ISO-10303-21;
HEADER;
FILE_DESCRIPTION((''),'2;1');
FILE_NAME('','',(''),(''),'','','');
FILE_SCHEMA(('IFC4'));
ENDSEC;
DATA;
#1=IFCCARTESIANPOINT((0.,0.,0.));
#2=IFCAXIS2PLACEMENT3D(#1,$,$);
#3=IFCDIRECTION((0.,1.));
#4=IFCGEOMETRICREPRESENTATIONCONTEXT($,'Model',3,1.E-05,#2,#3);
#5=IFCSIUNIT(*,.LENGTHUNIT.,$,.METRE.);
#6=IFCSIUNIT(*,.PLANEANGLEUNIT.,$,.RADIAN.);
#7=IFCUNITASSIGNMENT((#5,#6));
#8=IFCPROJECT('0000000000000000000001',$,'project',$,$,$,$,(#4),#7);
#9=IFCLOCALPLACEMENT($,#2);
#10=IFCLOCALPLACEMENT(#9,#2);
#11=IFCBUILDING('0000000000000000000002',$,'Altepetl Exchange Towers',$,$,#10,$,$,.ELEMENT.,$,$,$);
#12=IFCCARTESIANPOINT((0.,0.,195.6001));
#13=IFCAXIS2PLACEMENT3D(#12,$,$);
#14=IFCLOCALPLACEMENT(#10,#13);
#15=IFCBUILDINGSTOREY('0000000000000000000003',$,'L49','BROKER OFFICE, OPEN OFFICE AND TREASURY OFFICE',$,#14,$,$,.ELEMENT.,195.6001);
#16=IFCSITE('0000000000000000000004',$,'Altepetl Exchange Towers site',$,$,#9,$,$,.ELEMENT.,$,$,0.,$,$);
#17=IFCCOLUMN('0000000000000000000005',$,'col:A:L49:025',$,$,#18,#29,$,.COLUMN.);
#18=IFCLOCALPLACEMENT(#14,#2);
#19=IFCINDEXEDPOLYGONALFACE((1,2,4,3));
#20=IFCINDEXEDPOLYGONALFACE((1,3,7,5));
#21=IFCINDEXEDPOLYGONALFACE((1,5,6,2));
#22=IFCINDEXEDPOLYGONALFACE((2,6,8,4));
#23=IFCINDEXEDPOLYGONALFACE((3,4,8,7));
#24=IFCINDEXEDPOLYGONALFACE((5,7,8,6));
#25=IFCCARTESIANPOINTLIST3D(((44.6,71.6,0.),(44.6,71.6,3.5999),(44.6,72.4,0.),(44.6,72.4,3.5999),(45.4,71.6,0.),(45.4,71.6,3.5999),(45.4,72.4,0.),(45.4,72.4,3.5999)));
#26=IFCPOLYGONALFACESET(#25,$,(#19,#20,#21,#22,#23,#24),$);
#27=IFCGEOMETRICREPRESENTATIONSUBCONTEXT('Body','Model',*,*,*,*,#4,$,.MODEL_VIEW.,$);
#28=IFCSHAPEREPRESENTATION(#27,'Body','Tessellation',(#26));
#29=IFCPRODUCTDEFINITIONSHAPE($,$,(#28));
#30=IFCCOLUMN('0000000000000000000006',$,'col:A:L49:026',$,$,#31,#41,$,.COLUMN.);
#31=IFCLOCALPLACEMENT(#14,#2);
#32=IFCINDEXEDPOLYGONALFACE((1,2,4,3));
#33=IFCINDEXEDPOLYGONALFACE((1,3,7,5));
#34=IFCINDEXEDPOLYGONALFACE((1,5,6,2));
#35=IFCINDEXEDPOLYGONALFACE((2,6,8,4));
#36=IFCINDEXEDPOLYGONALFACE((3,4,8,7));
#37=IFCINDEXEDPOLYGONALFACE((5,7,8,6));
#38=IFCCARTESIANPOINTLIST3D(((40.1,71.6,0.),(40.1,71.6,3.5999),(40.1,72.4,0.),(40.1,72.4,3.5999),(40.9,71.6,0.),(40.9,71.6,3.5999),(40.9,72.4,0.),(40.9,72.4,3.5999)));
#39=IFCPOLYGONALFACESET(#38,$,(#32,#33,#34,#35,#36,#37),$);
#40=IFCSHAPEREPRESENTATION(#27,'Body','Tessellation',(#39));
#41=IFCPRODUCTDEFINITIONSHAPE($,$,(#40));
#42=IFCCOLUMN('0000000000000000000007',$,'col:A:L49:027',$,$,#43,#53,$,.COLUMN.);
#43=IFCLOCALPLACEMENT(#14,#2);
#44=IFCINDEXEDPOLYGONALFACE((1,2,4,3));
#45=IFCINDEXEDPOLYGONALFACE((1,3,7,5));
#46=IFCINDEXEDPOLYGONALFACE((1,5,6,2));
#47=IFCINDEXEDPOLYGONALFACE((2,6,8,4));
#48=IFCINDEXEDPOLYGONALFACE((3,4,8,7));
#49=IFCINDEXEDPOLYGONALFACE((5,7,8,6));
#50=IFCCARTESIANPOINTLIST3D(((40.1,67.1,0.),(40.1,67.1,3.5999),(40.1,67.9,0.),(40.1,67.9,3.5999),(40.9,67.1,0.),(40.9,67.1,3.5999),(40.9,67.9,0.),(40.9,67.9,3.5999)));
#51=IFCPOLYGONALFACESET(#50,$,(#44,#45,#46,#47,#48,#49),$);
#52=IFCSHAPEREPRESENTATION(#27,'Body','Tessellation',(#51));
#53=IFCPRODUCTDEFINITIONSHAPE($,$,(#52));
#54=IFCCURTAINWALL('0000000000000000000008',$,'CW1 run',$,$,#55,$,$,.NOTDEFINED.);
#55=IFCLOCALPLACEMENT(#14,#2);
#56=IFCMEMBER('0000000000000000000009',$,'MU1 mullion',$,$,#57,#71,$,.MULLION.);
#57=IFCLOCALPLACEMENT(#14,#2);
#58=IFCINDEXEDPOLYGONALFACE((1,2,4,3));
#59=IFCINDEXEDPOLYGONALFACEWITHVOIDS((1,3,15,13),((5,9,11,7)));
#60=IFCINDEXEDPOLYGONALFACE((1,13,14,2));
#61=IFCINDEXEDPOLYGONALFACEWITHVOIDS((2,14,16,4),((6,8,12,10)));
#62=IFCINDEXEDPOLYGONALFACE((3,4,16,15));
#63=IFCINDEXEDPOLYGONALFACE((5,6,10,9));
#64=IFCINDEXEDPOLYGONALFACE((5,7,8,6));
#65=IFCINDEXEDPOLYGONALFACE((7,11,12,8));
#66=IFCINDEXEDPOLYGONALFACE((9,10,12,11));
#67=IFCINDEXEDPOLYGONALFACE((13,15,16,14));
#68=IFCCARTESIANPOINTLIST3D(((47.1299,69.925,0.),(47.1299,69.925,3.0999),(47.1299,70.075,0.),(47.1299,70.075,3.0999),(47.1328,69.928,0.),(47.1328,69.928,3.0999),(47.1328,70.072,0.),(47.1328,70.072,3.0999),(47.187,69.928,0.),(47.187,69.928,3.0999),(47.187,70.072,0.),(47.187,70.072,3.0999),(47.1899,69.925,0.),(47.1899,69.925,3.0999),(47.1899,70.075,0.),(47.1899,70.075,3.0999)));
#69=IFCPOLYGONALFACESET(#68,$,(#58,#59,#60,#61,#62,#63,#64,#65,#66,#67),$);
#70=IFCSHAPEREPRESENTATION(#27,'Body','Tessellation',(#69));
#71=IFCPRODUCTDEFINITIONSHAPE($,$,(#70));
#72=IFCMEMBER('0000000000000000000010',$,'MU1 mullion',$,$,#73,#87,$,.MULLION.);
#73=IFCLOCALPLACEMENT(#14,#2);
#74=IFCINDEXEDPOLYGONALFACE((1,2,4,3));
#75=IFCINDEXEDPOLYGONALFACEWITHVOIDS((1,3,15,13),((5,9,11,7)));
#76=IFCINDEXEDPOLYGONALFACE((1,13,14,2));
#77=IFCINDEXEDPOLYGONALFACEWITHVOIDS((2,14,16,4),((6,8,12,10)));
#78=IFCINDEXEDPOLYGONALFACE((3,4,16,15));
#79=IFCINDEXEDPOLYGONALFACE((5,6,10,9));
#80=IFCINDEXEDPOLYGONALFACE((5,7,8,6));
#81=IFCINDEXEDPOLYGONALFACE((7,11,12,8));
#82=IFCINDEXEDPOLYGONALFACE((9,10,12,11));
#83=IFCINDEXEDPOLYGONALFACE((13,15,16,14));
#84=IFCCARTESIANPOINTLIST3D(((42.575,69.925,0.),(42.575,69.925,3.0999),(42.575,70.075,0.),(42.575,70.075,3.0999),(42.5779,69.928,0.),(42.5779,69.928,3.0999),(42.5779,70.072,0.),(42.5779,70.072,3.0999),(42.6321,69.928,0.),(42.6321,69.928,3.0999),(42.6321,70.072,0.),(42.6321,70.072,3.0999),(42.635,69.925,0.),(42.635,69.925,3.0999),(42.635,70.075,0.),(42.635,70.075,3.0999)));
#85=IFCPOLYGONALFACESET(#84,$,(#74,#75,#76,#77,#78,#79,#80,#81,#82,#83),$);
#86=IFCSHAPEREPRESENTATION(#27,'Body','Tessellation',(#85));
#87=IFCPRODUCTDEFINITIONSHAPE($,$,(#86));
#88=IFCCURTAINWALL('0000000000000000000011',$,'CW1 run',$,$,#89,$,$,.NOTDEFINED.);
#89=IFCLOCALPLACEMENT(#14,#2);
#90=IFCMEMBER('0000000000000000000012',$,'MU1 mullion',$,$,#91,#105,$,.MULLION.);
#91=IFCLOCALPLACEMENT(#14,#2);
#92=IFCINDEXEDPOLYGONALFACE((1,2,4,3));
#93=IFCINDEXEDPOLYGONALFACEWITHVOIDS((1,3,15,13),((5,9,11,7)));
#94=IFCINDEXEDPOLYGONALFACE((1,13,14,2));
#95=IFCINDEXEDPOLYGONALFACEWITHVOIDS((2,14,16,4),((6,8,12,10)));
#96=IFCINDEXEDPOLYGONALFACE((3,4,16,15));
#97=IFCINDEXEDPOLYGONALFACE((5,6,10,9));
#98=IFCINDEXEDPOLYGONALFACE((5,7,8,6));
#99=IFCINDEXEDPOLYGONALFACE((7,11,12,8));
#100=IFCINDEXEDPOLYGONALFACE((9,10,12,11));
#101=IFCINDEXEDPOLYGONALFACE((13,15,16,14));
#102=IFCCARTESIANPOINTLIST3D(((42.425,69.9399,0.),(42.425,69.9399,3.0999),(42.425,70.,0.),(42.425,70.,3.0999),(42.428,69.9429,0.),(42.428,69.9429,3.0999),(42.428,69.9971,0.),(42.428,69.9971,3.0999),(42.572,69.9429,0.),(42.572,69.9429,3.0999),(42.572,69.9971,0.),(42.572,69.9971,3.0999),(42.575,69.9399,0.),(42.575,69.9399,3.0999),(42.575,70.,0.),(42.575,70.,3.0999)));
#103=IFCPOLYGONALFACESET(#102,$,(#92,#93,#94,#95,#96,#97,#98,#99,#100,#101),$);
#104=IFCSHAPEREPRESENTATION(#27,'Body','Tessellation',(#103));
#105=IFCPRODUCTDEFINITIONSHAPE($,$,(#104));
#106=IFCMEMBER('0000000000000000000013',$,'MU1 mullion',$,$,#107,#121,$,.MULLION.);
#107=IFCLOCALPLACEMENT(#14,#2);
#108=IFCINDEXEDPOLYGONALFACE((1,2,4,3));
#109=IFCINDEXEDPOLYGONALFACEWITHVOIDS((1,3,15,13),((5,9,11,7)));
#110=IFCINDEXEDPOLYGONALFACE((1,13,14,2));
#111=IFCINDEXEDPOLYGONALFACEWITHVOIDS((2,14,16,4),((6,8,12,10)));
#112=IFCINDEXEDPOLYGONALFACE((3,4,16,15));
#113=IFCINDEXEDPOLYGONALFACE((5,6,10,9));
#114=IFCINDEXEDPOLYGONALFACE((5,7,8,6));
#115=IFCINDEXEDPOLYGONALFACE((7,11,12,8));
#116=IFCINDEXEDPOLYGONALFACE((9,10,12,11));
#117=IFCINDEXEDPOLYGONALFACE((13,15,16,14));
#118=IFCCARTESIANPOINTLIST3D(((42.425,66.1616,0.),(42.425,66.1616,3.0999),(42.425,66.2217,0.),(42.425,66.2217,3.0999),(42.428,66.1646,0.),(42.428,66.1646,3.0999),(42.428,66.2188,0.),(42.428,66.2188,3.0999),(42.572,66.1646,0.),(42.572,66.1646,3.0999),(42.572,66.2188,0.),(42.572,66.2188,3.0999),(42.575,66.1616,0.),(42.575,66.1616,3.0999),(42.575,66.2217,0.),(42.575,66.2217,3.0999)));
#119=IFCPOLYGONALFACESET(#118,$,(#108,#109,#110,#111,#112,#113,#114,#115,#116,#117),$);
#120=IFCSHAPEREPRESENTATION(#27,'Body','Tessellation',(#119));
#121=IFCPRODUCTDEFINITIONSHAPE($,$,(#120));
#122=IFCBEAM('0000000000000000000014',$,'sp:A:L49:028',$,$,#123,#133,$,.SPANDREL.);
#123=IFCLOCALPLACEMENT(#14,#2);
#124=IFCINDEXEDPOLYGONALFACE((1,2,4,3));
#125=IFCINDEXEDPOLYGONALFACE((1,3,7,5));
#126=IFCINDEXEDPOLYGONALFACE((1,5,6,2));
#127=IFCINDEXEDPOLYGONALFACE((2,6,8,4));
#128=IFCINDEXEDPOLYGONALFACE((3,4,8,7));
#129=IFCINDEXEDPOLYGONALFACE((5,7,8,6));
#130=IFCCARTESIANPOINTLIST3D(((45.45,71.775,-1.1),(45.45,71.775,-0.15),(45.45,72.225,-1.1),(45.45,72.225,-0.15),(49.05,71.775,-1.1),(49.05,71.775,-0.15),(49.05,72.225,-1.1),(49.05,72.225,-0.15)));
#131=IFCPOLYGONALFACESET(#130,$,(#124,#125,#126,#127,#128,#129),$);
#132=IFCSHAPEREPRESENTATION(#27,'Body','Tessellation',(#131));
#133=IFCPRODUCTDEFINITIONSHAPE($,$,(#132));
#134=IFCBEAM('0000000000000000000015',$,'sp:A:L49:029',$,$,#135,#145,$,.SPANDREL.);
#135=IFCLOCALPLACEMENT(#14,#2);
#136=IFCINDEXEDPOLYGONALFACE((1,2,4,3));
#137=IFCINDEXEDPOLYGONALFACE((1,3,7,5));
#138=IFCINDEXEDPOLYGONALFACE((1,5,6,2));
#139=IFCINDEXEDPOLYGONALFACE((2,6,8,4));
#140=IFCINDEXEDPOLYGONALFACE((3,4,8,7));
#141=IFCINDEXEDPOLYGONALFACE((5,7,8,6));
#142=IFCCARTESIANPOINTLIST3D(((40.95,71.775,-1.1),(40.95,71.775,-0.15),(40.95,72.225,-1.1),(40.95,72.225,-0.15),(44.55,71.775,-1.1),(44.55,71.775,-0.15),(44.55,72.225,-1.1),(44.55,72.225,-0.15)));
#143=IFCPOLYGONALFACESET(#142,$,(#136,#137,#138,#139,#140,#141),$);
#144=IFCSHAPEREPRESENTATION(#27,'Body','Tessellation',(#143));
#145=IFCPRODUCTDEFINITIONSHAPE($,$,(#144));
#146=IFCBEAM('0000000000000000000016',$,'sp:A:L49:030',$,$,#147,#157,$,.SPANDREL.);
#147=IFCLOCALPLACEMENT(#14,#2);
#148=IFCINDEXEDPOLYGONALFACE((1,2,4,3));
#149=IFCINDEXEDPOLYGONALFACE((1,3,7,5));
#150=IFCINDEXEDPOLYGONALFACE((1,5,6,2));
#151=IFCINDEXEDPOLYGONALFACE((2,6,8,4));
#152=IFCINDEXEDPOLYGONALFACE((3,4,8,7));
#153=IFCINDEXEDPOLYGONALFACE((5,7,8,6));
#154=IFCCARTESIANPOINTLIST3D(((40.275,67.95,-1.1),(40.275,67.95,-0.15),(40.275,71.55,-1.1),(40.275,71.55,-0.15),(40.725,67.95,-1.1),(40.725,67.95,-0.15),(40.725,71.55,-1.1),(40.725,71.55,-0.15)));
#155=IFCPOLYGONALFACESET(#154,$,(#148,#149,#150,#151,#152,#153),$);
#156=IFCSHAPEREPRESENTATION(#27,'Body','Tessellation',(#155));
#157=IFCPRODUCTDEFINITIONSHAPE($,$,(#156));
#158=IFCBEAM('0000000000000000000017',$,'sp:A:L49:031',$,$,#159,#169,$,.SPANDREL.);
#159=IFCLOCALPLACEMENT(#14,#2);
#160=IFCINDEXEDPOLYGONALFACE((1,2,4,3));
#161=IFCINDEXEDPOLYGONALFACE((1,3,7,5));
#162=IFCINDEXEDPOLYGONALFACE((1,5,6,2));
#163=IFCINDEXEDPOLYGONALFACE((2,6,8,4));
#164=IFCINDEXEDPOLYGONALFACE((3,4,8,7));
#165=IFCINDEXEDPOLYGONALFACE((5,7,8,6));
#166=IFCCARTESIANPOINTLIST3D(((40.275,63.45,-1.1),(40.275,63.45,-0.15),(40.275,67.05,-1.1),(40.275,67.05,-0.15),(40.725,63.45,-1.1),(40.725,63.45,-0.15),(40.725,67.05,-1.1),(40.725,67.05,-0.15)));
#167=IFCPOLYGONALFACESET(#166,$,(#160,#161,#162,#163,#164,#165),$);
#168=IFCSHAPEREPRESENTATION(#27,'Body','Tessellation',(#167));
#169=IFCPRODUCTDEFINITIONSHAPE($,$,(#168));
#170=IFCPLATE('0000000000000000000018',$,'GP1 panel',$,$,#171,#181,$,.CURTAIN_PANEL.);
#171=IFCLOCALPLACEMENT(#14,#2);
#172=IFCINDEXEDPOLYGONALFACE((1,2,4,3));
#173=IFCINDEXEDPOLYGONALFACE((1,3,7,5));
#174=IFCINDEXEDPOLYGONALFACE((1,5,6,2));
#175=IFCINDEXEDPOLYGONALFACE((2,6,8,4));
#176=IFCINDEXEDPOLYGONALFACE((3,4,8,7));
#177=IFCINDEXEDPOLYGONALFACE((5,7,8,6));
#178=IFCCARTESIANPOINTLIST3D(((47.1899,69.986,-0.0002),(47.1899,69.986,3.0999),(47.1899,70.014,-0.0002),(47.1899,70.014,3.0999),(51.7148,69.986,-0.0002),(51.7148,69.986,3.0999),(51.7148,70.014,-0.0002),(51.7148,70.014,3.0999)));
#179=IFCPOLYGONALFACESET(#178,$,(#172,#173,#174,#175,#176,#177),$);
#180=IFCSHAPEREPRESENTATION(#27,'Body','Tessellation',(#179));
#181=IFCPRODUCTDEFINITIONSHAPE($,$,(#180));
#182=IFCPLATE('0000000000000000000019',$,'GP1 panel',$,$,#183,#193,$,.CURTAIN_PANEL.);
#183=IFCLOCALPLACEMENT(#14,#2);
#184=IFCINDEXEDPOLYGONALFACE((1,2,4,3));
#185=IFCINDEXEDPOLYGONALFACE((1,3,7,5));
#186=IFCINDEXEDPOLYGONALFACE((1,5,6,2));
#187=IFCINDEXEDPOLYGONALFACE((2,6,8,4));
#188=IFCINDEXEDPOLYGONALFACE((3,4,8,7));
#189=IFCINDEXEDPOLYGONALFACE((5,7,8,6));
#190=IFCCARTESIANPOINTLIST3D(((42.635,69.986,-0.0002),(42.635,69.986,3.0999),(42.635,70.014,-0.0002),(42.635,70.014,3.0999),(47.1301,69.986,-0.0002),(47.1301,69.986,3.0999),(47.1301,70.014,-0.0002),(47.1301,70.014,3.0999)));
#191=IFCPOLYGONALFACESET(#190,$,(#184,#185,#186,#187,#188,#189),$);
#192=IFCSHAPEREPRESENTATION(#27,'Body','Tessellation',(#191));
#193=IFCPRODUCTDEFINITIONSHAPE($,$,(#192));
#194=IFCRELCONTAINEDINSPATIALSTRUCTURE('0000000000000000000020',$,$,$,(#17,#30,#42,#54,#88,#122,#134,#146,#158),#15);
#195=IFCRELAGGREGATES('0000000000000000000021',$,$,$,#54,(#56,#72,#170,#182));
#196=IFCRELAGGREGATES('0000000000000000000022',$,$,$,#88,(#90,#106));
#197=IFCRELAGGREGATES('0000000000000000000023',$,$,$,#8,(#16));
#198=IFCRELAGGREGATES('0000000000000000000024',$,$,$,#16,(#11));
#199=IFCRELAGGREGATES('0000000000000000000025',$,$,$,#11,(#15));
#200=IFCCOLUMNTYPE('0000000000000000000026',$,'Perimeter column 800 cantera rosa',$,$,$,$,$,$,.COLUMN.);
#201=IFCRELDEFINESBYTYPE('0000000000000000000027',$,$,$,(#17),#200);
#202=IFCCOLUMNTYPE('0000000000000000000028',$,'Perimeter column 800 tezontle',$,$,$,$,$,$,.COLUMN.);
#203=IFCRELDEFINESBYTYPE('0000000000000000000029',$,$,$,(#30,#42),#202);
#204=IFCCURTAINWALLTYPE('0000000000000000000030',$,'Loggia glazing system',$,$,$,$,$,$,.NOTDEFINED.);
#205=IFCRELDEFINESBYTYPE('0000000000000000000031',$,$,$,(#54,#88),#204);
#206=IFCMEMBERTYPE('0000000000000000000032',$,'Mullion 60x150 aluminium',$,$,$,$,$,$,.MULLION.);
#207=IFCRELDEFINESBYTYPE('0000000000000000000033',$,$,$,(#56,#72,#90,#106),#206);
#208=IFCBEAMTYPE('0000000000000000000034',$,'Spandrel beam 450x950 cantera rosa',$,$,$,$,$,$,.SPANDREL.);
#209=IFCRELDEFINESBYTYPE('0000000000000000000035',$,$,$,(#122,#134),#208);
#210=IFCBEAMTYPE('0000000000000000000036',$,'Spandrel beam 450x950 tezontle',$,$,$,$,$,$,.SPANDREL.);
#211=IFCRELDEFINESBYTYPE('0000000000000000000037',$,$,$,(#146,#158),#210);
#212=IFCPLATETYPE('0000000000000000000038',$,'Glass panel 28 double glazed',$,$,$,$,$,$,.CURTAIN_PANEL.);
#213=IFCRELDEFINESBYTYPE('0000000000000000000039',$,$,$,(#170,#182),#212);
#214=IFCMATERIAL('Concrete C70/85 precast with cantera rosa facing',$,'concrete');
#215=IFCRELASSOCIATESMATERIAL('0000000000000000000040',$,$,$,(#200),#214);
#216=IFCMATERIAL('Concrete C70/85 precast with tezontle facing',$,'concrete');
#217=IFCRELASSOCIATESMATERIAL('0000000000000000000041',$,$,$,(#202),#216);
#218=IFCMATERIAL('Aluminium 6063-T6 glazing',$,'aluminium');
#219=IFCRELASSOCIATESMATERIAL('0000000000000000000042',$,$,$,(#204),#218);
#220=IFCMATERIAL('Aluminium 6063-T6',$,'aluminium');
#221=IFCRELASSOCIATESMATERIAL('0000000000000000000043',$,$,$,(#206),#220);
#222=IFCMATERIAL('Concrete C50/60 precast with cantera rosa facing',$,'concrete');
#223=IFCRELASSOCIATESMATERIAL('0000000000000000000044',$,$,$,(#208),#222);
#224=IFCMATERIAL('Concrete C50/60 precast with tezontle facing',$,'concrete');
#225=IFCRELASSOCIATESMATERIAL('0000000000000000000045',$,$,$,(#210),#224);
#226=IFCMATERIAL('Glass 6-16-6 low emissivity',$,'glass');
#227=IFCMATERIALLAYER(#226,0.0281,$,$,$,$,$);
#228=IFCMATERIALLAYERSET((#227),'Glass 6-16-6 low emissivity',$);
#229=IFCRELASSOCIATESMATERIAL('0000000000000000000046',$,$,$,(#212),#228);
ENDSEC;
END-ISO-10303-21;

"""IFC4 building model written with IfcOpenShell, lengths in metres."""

from ifc_helpers import new_model, si_unit, direction, frame, origin, origin_2d, place, context, subcontext, project, spatial, rectangle, hollow_rectangle, extrude, material, layer, layer_set, material_profile, profile_set, type_object, element, aggregate, save


model = new_model("IFC4")

# Units and contexts
model_context = context("Model", 3, precision=1e-05, world=origin(), true_north=direction((0.0, 1.0)))
body_context = subcontext(model_context, "Body", "Model", "MODEL_VIEW")
ifc_project = project(units=[si_unit("LENGTHUNIT", "METRE"), si_unit("PLANEANGLEUNIT", "RADIAN")], contexts=[model_context])

# Site, building, storey
site_placement = place(None, origin())
site = spatial("IfcSite", under=ifc_project, at=site_placement, Name="Altepetl Exchange Towers site", CompositionType="ELEMENT", RefElevation=0.0)
building_placement = place(site_placement, origin())
building = spatial("IfcBuilding", under=site, at=building_placement, Name="Altepetl Exchange Towers", CompositionType="ELEMENT")
storey_placement = place(building_placement, frame((0.0, 0.0, 195.6001)))
storey = spatial("IfcBuildingStorey", under=building, at=storey_placement, Name="L49", Description="BROKER OFFICE, OPEN OFFICE AND TREASURY OFFICE", CompositionType="ELEMENT", Elevation=195.6001)

# Columns
ifc_material_1 = material(Name="Concrete C70/85 precast with cantera rosa facing", Category="concrete")
ifc_material_profile_1 = material_profile(ifc_material_1, rectangle(XDim=0.8, YDim=0.8, at=origin_2d()), Name="800 x 800")
ifc_profile_set_1 = profile_set([ifc_material_profile_1], Name="Concrete C70/85 precast with cantera rosa facing")
column_type_1 = type_object("IfcColumnType", Name="Perimeter column 800 cantera rosa", PredefinedType="COLUMN", material=ifc_profile_set_1)
column_placement = place(storey_placement, frame((45.0, 72.0, 0.0)))
element("IfcColumn", 1, at=column_placement, inside=storey, type_object=column_type_1, Name="col:A:L49:025", PredefinedType="COLUMN", context=body_context, shape_type="SweptSolid", body=[
    extrude(rectangle(XDim=0.8, YDim=0.8, at=origin_2d()), origin(), (0.0, 0.0, 1.0), 3.5999),
])
ifc_material_2 = material(Name="Concrete C70/85 precast with tezontle facing", Category="concrete")
ifc_material_profile_2 = material_profile(ifc_material_2, rectangle(XDim=0.8, YDim=0.8, at=origin_2d()), Name="800 x 800")
ifc_profile_set_2 = profile_set([ifc_material_profile_2], Name="Concrete C70/85 precast with tezontle facing")
column_type_2 = type_object("IfcColumnType", Name="Perimeter column 800 tezontle", PredefinedType="COLUMN", material=ifc_profile_set_2)
for number, where, name in (
    (2, (40.5, 72.0, 0.0), "col:A:L49:026"),
    (3, (40.5, 67.5, 0.0), "col:A:L49:027"),
):
    element("IfcColumn", number, at=place(storey_placement, frame(where)), inside=storey, type_object=column_type_2, Name=name, PredefinedType="COLUMN", context=body_context, shape_type="SweptSolid", body=[
        extrude(rectangle(XDim=0.8, YDim=0.8, at=origin_2d()), origin(), (0.0, 0.0, 1.0), 3.5999),
    ])

# Curtain walls, members
ifc_material_3 = material(Name="Aluminium 6063-T6 glazing", Category="aluminium")
curtain_wall_type = type_object("IfcCurtainWallType", Name="Loggia glazing system", PredefinedType="NOTDEFINED", material=ifc_material_3)
curtain_wall_1_placement = place(storey_placement, origin())
curtain_wall_1 = element("IfcCurtainWall", 4, at=curtain_wall_1_placement, inside=storey, type_object=curtain_wall_type, Name="CW1 run", PredefinedType="NOTDEFINED")
ifc_material_4 = material(Name="Aluminium 6063-T6", Category="aluminium")
ifc_material_profile_3 = material_profile(ifc_material_4, hollow_rectangle(XDim=0.0601, YDim=0.1499, WallThickness=0.0029, at=origin_2d()), Name="Mullion 60x150 aluminium")
ifc_profile_set_3 = profile_set([ifc_material_profile_3], Name="Aluminium 6063-T6")
member_type = type_object("IfcMemberType", Name="Mullion 60x150 aluminium", PredefinedType="MULLION", material=ifc_profile_set_3)
member_1_placement = place(storey_placement, frame((47.1599, 70.0, 0.0), z_axis=(0.0, 0.0, 1.0), x_axis=(-1.0, 0.0, 0.0)))
member_1 = element("IfcMember", 5, at=member_1_placement, type_object=member_type, Name="MU1 mullion", PredefinedType="MULLION", context=body_context, shape_type="SweptSolid", body=[
    extrude(hollow_rectangle(XDim=0.0601, YDim=0.1499, WallThickness=0.0029, at=origin_2d()), origin(), (0.0, 0.0, 1.0), 3.0999),
])
member_2_placement = place(storey_placement, frame((42.605, 70.0, 0.0), z_axis=(0.0, 0.0, 1.0), x_axis=(-1.0, 0.0, 0.0)))
member_2 = element("IfcMember", 6, at=member_2_placement, type_object=member_type, Name="MU1 mullion", PredefinedType="MULLION", context=body_context, shape_type="SweptSolid", body=[
    extrude(hollow_rectangle(XDim=0.0601, YDim=0.1499, WallThickness=0.0029, at=origin_2d()), origin(), (0.0, 0.0, 1.0), 3.0999),
])
curtain_wall_2_placement = place(storey_placement, origin())
curtain_wall_2 = element("IfcCurtainWall", 7, at=curtain_wall_2_placement, inside=storey, type_object=curtain_wall_type, Name="CW1 run", PredefinedType="NOTDEFINED")
member_3_placement = place(storey_placement, frame((42.5, 69.97, 0.0), z_axis=(0.0, 0.0, 1.0), x_axis=(0.0, -1.0, 0.0)))
member_3 = element("IfcMember", 8, at=member_3_placement, type_object=member_type, Name="MU1 mullion", PredefinedType="MULLION", context=body_context, shape_type="SweptSolid", body=[
    extrude(hollow_rectangle(XDim=0.0601, YDim=0.1499, WallThickness=0.0029, at=origin_2d()), origin(), (0.0, 0.0, 1.0), 3.0999),
])
member_4_placement = place(storey_placement, frame((42.5, 66.1917, 0.0), z_axis=(0.0, 0.0, 1.0), x_axis=(0.0, -1.0, 0.0)))
member_4 = element("IfcMember", 9, at=member_4_placement, type_object=member_type, Name="MU1 mullion", PredefinedType="MULLION", context=body_context, shape_type="SweptSolid", body=[
    extrude(hollow_rectangle(XDim=0.0601, YDim=0.1499, WallThickness=0.0029, at=origin_2d()), origin(), (0.0, 0.0, 1.0), 3.0999),
])

# Beams
ifc_material_5 = material(Name="Concrete C50/60 precast with cantera rosa facing", Category="concrete")
ifc_material_profile_4 = material_profile(ifc_material_5, rectangle(XDim=0.45, YDim=0.95, at=origin_2d()), Name="450 x 950")
ifc_profile_set_4 = profile_set([ifc_material_profile_4], Name="Concrete C50/60 precast with cantera rosa facing")
beam_type_1 = type_object("IfcBeamType", Name="Spandrel beam 450x950 cantera rosa", PredefinedType="SPANDREL", material=ifc_profile_set_4)
for number, where, z_axis, x_axis, name in (
    (10, (49.05, 72.0, -0.625), (-1.0, 0.0, 0.0), (0.0, -1.0, 0.0), "sp:A:L49:028"),
    (11, (44.55, 72.0, -0.625), (-1.0, 0.0, 0.0), (0.0, -1.0, 0.0), "sp:A:L49:029"),
):
    element("IfcBeam", number, at=place(storey_placement, frame(where, z_axis=z_axis, x_axis=x_axis)), inside=storey, type_object=beam_type_1, Name=name, PredefinedType="SPANDREL", context=body_context, shape_type="SweptSolid", body=[
        extrude(rectangle(XDim=0.45, YDim=0.95, at=origin_2d()), origin(), (0.0, 0.0, 1.0), 3.6001),
    ])
ifc_material_6 = material(Name="Concrete C50/60 precast with tezontle facing", Category="concrete")
ifc_material_profile_5 = material_profile(ifc_material_6, rectangle(XDim=0.45, YDim=0.95, at=origin_2d()), Name="450 x 950")
ifc_profile_set_5 = profile_set([ifc_material_profile_5], Name="Concrete C50/60 precast with tezontle facing")
beam_type_2 = type_object("IfcBeamType", Name="Spandrel beam 450x950 tezontle", PredefinedType="SPANDREL", material=ifc_profile_set_5)
for number, where, z_axis, x_axis, name in (
    (12, (40.5, 71.55, -0.625), (0.0, -1.0, 0.0), (1.0, 0.0, 0.0), "sp:A:L49:030"),
    (13, (40.5, 67.05, -0.625), (0.0, -1.0, 0.0), (1.0, 0.0, 0.0), "sp:A:L49:031"),
):
    element("IfcBeam", number, at=place(storey_placement, frame(where, z_axis=z_axis, x_axis=x_axis)), inside=storey, type_object=beam_type_2, Name=name, PredefinedType="SPANDREL", context=body_context, shape_type="SweptSolid", body=[
        extrude(rectangle(XDim=0.45, YDim=0.95, at=origin_2d()), origin(), (0.0, 0.0, 1.0), 3.6001),
    ])

# Plates
ifc_material_7 = material(Name="Glass 6-16-6 low emissivity", Category="glass")
ifc_layer = layer(ifc_material_7, 0.0281)
ifc_layer_set = layer_set([ifc_layer], Name="Glass 6-16-6 low emissivity")
plate_type = type_object("IfcPlateType", Name="Glass panel 28 double glazed", PredefinedType="CURTAIN_PANEL", material=ifc_layer_set)
plate_1_placement = place(storey_placement, frame((49.4524, 70.0, -0.0002), z_axis=(0.0, 0.0, 1.0), x_axis=(-1.0, 0.0, 0.0)))
plate_1 = element("IfcPlate", 14, at=plate_1_placement, type_object=plate_type, Name="GP1 panel", PredefinedType="CURTAIN_PANEL", context=body_context, shape_type="SweptSolid", body=[
    extrude(rectangle(XDim=4.5249, YDim=0.0281, at=origin_2d()), origin(), (0.0, 0.0, 1.0), 3.1001),
])
plate_2_placement = place(storey_placement, frame((44.8826, 70.0, -0.0002), z_axis=(0.0, 0.0, 1.0), x_axis=(-1.0, 0.0, 0.0)))
plate_2 = element("IfcPlate", 15, at=plate_2_placement, type_object=plate_type, Name="GP1 panel", PredefinedType="CURTAIN_PANEL", context=body_context, shape_type="SweptSolid", body=[
    extrude(rectangle(XDim=4.4951, YDim=0.0281, at=origin_2d()), origin(), (0.0, 0.0, 1.0), 3.1001),
])
aggregate(curtain_wall_1, [member_1, member_2, plate_1, plate_2])
aggregate(curtain_wall_2, [member_3, member_4])

save(model, "model.ifc")
